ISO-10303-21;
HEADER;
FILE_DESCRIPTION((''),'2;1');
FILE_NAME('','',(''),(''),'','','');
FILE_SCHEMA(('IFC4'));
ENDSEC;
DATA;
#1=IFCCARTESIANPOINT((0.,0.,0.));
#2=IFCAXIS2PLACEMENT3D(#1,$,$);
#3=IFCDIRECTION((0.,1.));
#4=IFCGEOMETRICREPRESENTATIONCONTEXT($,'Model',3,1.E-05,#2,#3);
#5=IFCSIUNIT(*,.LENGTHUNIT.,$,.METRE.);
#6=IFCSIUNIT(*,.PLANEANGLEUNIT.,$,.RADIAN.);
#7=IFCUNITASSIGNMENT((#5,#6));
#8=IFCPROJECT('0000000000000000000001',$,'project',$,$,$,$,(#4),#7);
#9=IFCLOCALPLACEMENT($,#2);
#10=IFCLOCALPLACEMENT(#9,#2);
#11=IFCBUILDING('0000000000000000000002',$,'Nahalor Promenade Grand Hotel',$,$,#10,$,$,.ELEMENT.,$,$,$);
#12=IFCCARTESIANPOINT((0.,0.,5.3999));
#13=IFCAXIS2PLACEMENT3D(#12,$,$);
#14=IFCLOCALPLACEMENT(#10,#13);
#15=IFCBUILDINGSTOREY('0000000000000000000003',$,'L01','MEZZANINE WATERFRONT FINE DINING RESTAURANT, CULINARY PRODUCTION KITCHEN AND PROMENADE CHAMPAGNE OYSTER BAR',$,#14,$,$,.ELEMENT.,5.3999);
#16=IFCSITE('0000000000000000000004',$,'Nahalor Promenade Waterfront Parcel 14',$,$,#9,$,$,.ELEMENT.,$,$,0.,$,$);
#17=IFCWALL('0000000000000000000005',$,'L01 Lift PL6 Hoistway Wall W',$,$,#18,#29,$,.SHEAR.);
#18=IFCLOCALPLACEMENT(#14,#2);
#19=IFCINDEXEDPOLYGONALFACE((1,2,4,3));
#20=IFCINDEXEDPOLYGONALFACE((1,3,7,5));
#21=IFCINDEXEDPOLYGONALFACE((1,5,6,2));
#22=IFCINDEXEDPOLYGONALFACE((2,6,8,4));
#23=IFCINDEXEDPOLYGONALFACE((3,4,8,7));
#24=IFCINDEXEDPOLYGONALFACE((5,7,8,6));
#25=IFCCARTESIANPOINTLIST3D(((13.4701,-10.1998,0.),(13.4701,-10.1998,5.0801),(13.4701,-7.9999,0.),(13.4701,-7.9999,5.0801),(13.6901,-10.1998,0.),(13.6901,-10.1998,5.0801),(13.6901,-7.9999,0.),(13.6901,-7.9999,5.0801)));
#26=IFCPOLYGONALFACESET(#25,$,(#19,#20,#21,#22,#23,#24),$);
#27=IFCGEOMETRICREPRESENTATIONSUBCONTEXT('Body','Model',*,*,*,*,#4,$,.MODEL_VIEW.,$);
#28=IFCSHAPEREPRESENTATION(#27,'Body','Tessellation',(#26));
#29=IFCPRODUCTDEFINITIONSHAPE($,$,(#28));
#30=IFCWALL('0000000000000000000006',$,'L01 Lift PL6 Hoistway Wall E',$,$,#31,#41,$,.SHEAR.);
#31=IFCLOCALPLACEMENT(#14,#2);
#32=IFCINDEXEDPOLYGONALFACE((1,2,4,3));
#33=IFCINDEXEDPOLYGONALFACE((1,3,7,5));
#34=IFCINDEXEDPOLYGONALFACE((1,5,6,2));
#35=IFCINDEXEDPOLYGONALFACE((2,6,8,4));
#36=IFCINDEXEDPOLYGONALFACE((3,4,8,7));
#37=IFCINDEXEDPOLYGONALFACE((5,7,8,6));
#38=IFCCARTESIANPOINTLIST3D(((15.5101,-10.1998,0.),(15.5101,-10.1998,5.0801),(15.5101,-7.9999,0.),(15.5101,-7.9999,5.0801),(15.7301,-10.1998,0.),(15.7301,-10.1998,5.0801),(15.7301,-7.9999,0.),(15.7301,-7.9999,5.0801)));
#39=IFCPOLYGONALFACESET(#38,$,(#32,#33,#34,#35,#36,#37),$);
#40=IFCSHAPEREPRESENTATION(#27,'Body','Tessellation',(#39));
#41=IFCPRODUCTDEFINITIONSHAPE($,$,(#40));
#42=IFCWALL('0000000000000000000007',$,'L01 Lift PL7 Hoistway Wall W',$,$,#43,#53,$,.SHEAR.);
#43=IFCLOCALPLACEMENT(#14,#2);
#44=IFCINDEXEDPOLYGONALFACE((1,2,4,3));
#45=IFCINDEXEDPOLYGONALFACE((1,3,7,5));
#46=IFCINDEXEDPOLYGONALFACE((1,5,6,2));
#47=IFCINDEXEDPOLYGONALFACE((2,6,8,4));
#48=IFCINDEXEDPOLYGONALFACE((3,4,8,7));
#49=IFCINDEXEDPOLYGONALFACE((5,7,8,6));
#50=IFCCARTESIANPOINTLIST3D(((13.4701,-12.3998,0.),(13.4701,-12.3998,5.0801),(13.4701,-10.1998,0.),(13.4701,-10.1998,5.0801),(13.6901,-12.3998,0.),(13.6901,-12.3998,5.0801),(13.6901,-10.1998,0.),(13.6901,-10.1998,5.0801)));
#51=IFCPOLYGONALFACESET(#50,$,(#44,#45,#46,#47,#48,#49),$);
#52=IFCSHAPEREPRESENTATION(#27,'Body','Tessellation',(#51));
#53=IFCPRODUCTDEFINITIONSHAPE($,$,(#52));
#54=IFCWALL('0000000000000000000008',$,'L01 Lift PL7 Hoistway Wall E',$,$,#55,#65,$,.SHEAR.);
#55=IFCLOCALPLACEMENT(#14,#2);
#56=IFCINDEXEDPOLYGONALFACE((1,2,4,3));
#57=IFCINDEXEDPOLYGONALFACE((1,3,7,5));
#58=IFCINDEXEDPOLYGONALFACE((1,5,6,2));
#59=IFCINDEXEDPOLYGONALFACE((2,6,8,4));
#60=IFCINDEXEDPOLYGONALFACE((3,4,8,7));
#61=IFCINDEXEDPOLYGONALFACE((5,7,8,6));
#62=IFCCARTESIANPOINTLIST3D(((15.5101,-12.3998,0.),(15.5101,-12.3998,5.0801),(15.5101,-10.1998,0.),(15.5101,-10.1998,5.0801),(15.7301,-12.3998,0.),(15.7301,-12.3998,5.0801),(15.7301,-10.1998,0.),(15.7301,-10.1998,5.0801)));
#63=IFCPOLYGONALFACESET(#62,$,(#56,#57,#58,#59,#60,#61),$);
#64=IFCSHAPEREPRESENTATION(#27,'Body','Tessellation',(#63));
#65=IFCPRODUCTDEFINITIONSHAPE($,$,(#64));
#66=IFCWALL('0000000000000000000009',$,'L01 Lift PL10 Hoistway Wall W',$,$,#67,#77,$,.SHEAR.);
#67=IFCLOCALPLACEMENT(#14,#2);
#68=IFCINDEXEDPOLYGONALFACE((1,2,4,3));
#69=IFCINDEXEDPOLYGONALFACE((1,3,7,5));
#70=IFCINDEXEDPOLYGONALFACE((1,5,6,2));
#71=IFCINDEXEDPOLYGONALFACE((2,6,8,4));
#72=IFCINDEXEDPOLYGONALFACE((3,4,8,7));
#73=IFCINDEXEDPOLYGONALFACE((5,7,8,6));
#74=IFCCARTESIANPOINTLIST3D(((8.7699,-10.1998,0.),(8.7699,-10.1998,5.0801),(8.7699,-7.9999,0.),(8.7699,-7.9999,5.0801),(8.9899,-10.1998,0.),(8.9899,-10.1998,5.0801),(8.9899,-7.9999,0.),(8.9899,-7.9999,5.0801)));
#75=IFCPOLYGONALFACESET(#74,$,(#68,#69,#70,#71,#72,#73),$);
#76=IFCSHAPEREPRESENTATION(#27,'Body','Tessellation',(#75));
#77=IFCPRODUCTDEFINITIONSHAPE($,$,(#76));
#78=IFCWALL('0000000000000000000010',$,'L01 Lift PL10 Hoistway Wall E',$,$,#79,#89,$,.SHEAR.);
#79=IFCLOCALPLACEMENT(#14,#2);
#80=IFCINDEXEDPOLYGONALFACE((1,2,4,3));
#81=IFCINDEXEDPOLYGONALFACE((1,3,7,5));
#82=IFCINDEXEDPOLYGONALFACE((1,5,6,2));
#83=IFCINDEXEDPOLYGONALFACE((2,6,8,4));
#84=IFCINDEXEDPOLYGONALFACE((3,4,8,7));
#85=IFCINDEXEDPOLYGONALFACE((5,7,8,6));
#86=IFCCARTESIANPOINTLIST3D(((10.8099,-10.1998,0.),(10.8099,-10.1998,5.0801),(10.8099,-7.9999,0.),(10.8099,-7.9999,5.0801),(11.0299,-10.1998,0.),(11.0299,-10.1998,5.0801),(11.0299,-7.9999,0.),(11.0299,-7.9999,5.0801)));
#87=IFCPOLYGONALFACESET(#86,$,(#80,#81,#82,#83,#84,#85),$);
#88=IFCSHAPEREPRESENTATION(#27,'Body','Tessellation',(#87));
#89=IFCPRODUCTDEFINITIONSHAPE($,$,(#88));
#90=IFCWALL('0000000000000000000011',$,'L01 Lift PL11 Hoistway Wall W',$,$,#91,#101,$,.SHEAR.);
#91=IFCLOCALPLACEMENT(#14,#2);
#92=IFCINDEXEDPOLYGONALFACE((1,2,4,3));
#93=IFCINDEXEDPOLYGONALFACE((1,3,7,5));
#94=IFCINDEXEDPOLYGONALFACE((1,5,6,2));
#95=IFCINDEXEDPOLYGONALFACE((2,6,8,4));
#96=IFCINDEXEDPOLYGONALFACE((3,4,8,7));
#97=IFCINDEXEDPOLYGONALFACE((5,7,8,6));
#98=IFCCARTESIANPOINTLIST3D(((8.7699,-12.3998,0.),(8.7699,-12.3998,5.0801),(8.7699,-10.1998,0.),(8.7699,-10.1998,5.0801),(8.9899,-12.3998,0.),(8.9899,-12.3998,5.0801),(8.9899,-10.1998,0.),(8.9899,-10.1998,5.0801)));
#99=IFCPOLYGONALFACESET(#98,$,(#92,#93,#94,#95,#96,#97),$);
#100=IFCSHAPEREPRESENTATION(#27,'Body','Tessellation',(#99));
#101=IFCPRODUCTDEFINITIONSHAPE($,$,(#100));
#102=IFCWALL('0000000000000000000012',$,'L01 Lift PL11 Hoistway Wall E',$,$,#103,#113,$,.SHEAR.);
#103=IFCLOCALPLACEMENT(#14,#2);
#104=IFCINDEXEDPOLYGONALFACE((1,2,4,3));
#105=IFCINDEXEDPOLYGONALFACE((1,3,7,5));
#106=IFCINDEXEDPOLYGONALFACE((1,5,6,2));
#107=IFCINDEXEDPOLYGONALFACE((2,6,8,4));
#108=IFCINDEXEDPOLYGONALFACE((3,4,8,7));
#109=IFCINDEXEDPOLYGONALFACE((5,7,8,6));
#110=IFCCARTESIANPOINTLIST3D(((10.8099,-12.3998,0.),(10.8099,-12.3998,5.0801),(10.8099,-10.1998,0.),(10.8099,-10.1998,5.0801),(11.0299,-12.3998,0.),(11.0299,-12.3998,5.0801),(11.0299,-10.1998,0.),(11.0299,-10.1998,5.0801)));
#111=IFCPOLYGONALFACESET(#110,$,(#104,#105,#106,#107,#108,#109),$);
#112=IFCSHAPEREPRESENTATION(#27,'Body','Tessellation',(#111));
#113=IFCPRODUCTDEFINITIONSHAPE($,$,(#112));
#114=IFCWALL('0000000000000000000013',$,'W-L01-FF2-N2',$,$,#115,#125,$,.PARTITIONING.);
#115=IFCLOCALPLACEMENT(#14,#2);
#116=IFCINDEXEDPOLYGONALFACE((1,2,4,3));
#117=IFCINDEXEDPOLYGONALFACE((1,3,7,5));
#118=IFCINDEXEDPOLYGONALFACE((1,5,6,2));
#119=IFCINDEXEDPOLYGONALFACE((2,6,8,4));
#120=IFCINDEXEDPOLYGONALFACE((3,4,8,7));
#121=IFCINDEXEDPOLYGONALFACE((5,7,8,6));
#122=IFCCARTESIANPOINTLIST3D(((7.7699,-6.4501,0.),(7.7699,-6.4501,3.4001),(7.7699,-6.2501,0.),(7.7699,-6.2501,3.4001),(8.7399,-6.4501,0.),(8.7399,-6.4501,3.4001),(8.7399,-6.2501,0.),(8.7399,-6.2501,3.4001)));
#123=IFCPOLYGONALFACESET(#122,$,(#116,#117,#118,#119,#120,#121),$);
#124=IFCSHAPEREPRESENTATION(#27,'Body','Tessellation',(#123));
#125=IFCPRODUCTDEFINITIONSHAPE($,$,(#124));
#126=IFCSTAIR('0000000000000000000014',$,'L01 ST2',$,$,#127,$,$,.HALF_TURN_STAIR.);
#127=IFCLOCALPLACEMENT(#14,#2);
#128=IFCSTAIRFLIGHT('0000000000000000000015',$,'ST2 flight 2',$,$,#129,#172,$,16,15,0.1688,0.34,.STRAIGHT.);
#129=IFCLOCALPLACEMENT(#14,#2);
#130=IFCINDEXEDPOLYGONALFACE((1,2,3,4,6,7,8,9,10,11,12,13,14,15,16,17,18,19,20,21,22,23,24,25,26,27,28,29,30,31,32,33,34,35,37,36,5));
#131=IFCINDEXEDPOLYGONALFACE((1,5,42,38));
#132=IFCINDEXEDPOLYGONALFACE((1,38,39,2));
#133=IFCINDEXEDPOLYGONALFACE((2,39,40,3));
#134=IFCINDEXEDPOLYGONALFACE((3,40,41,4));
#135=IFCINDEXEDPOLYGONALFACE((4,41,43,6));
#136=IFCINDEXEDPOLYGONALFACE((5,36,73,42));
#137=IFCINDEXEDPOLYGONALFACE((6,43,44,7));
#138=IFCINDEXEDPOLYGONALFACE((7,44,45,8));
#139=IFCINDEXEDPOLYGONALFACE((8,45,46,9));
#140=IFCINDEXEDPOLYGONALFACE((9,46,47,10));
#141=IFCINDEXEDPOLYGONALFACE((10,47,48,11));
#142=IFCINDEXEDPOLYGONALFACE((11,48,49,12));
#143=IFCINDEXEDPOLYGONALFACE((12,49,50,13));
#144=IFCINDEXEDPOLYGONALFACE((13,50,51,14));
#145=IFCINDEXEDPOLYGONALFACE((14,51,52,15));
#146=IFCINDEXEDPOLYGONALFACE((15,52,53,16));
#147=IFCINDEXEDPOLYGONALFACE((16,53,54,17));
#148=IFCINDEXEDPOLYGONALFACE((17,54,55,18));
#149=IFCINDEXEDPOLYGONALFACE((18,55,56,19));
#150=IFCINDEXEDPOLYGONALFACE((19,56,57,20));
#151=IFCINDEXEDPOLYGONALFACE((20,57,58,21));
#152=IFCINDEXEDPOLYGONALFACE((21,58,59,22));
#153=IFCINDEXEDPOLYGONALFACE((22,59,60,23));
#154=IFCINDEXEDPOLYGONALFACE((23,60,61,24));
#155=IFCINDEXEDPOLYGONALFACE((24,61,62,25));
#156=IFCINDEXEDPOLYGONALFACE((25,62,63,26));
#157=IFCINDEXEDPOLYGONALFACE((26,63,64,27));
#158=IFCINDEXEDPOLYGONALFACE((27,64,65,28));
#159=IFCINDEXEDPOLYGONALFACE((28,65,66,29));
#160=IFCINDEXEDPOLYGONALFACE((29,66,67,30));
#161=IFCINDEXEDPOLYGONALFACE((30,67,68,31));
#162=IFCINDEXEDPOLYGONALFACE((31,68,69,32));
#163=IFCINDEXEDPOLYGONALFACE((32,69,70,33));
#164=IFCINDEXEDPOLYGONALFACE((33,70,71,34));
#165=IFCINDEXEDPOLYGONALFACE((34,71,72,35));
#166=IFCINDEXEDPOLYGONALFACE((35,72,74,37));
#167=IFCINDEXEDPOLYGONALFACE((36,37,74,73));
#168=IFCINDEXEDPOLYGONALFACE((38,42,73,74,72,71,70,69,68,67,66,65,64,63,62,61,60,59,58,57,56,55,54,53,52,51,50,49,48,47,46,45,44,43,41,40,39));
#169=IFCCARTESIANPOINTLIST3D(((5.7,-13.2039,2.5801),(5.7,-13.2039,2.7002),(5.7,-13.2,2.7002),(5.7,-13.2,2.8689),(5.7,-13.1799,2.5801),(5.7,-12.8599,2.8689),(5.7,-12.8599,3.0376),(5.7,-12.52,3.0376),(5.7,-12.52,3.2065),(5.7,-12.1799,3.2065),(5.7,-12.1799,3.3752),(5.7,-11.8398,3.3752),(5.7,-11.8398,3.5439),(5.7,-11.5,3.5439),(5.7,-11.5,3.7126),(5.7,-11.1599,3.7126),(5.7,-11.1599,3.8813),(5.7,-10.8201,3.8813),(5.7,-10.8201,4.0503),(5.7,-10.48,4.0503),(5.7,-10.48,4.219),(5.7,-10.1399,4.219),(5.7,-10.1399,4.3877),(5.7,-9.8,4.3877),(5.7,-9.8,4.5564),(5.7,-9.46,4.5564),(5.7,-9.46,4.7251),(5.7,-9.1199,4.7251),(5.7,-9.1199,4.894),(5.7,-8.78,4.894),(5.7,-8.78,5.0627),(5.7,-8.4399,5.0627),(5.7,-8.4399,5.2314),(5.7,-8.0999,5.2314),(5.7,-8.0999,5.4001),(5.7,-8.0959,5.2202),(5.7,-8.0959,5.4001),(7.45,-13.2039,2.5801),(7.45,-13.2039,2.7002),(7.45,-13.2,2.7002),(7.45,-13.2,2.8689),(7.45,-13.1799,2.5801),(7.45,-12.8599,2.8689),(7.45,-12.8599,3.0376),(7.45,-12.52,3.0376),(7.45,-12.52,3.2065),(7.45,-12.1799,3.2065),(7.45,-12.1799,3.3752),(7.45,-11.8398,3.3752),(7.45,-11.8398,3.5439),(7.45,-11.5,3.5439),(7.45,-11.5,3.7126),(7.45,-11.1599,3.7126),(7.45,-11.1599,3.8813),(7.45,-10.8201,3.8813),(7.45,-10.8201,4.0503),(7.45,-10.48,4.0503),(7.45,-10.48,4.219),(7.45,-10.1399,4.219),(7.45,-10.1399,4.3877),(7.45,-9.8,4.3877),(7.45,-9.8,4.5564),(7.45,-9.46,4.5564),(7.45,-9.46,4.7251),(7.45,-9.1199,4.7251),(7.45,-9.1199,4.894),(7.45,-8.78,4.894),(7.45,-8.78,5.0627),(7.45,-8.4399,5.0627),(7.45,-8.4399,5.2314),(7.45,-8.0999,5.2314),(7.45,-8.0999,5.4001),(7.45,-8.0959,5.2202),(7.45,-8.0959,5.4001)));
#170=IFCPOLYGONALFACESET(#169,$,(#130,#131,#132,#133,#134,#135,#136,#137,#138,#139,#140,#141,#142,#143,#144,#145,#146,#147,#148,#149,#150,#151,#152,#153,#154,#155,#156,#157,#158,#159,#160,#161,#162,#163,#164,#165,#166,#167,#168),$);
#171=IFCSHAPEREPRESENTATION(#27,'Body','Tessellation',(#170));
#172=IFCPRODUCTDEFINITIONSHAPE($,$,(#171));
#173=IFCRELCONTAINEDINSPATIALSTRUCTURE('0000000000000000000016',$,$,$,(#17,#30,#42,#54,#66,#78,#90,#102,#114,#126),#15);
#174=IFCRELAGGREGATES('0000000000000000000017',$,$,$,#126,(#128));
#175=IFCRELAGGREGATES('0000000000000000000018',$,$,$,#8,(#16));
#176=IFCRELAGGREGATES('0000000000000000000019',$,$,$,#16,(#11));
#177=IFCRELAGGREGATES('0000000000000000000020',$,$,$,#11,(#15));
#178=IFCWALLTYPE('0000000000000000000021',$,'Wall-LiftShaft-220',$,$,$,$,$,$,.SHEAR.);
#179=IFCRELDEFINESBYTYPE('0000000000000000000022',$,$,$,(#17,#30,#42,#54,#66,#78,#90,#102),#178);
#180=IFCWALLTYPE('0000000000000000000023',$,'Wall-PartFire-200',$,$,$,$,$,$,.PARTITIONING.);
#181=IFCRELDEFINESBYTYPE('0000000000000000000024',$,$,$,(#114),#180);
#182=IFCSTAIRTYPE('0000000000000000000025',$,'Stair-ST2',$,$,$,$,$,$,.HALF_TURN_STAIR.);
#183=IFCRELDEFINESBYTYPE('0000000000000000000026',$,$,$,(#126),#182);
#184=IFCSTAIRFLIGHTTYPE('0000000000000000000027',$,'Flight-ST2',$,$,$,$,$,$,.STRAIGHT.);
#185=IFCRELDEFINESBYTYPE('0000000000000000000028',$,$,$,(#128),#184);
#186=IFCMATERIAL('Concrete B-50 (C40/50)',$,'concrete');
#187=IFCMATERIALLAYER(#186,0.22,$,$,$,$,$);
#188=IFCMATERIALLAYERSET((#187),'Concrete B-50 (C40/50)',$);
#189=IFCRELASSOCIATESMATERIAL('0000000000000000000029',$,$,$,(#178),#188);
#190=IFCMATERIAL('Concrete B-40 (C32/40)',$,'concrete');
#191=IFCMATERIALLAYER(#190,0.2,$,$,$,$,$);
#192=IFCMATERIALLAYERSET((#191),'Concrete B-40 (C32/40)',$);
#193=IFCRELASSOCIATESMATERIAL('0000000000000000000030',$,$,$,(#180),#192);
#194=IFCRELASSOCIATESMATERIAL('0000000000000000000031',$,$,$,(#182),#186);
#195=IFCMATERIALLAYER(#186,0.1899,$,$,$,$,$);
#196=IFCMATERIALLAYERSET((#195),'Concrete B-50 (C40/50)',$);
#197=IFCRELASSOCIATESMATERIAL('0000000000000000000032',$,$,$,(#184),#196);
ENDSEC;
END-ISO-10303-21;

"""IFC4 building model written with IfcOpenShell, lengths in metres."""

from ifc_helpers import new_model, si_unit, direction, frame, frame_2d, origin, place, context, subcontext, project, spatial, polyline, rectangle, outline, extrude, source, transform, mapped, material, layer, layer_set, type_object, element, aggregate, save


model = new_model("IFC4")

# Units and contexts
model_context = context("Model", 3, precision=1e-05, world=origin(), true_north=direction((0.0, 1.0)))
body_context = subcontext(model_context, "Body", "Model", "MODEL_VIEW")
ifc_project = project(units=[si_unit("LENGTHUNIT", "METRE"), si_unit("PLANEANGLEUNIT", "RADIAN")], contexts=[model_context])

# Site, building, storey
site_placement = place(None, origin())
site = spatial("IfcSite", under=ifc_project, at=site_placement, Name="Nahalor Promenade Waterfront Parcel 14", CompositionType="ELEMENT", RefElevation=0.0)
building_placement = place(site_placement, origin())
building = spatial("IfcBuilding", under=site, at=building_placement, Name="Nahalor Promenade Grand Hotel", CompositionType="ELEMENT")
storey_placement = place(building_placement, frame((0.0, 0.0, 5.3999)))
storey = spatial("IfcBuildingStorey", under=building, at=storey_placement, Name="L01", Description="MEZZANINE WATERFRONT FINE DINING RESTAURANT, CULINARY PRODUCTION KITCHEN AND PROMENADE CHAMPAGNE OYSTER BAR", CompositionType="ELEMENT", Elevation=5.3999)

# Walls
ifc_material_1 = material(Name="Concrete B-50 (C40/50)", Category="concrete")
ifc_layer_1 = layer(ifc_material_1, 0.22)
ifc_layer_set_1 = layer_set([ifc_layer_1], Name="Concrete B-50 (C40/50)")
wall_type_1 = type_object("IfcWallType", Name="Wall-LiftShaft-220", PredefinedType="SHEAR", material=ifc_layer_set_1)
shared_shape_1 = source(origin(), body_context, "Body", "SweptSolid", [
    extrude(rectangle(XDim=2.2, YDim=0.22, at=frame_2d((1.1001, 0.0))), origin(), (0.0, 0.0, 1.0), 5.0801),
])
for number, where, z_axis, x_axis, name in (
    (1, (13.5801, -10.2, 0.0), (0.0, 0.0, 1.0), (0.0, 1.0, 0.0), "L01 Lift PL6 Hoistway Wall W"),
    (2, (15.6201, -10.2, 0.0), (0.0, 0.0, 1.0), (0.0, 1.0, 0.0), "L01 Lift PL6 Hoistway Wall E"),
    (3, (13.5801, -12.3999, 0.0), (0.0, 0.0, 1.0), (0.0, 1.0, 0.0), "L01 Lift PL7 Hoistway Wall W"),
    (4, (15.6201, -12.3999, 0.0), (0.0, 0.0, 1.0), (0.0, 1.0, 0.0), "L01 Lift PL7 Hoistway Wall E"),
    (5, (8.8799, -10.2, 0.0), (0.0, 0.0, 1.0), (0.0, 1.0, 0.0), "L01 Lift PL10 Hoistway Wall W"),
    (6, (10.9199, -10.2, 0.0), (0.0, 0.0, 1.0), (0.0, 1.0, 0.0), "L01 Lift PL10 Hoistway Wall E"),
    (7, (8.8799, -12.3999, 0.0), (0.0, 0.0, 1.0), (0.0, 1.0, 0.0), "L01 Lift PL11 Hoistway Wall W"),
    (8, (10.9199, -12.3999, 0.0), (0.0, 0.0, 1.0), (0.0, 1.0, 0.0), "L01 Lift PL11 Hoistway Wall E"),
):
    element("IfcWall", number, at=place(storey_placement, frame(where, z_axis=z_axis, x_axis=x_axis)), inside=storey, type_object=wall_type_1, Name=name, PredefinedType="SHEAR", context=body_context, shape_type="MappedRepresentation", body=[
        mapped(shared_shape_1, transform((0.0, 0.0, 0.0), scale=1.0)),
    ])
ifc_material_2 = material(Name="Concrete B-40 (C32/40)", Category="concrete")
ifc_layer_2 = layer(ifc_material_2, 0.2)
ifc_layer_set_2 = layer_set([ifc_layer_2], Name="Concrete B-40 (C32/40)")
wall_type_2 = type_object("IfcWallType", Name="Wall-PartFire-200", PredefinedType="PARTITIONING", material=ifc_layer_set_2)
shared_shape_2 = source(origin(), body_context, "Body", "SweptSolid", [
    extrude(rectangle(XDim=0.97, YDim=0.2, at=frame_2d((0.4849, 0.0))), origin(), (0.0, 0.0, 1.0), 3.4001),
])
wall_placement = place(storey_placement, frame((7.77, -6.3501, 0.0), z_axis=(0.0, 0.0, 1.0), x_axis=(1.0, 0.0, 0.0)))
element("IfcWall", 9, at=wall_placement, inside=storey, type_object=wall_type_2, Name="W-L01-FF2-N2", PredefinedType="PARTITIONING", context=body_context, shape_type="MappedRepresentation", body=[
    mapped(shared_shape_2, transform((0.0, 0.0, 0.0), scale=1.0)),
])

# Stair, stair flight
stair_type = type_object("IfcStairType", Name="Stair-ST2", PredefinedType="HALF_TURN_STAIR", material=ifc_material_1)
stair_placement = place(storey_placement, origin())
stair = element("IfcStair", 10, at=stair_placement, inside=storey, type_object=stair_type, Name="L01 ST2", PredefinedType="HALF_TURN_STAIR")
ifc_layer_3 = layer(ifc_material_1, 0.1899)
ifc_layer_set_3 = layer_set([ifc_layer_3], Name="Concrete B-50 (C40/50)")
stair_flight_type = type_object("IfcStairFlightType", Name="Flight-ST2", PredefinedType="STRAIGHT", material=ifc_layer_set_3)
shared_shape_3 = source(origin(), body_context, "Body", "SweptSolid", [
    extrude(outline(polyline([(-0.0039, -0.1201), (-0.0039, 0.0), (0.0, 0.0), (0.0, 0.1687), (0.3401, 0.1687), (0.3401, 0.3374), (0.6799, 0.3374), (0.6799, 0.5063), (1.02, 0.5063), (1.02, 0.675), (1.3601, 0.675), (1.3601, 0.8438), (1.7, 0.8438), (1.7, 1.0125), (2.04, 1.0125), (2.04, 1.1812), (2.3799, 1.1812), (2.3799, 1.3501), (2.72, 1.3501), (2.72, 1.5188), (3.0601, 1.5188), (3.0601, 1.6875), (3.3999, 1.6875), (3.3999, 1.8562), (3.74, 1.8562), (3.74, 2.0249), (4.0801, 2.0249), (4.0801, 2.1938), (4.4199, 2.1938), (4.4199, 2.3625), (4.76, 2.3625), (4.76, 2.5312), (5.1001, 2.5312), (5.1001, 2.7), (5.104, 2.7), (5.104, 2.52), (0.02, -0.1201), (-0.0039, -0.1201)])), frame((0.0, 0.875, 0.0), z_axis=(0.0, -1.0, 0.0), x_axis=(1.0, 0.0, 0.0)), (0.0, 0.0, 1.0), 1.75),
])
stair_flight_placement = place(storey_placement, frame((6.575, -13.2, 2.7002), z_axis=(0.0, 0.0, 1.0), x_axis=(0.0, 1.0, 0.0)))
stair_flight = element("IfcStairFlight", 11, at=stair_flight_placement, type_object=stair_flight_type, Name="ST2 flight 2", NumberOfRisers=16, NumberOfTreads=15, PredefinedType="STRAIGHT", RiserHeight=0.1688, TreadLength=0.34, context=body_context, shape_type="MappedRepresentation", body=[
    mapped(shared_shape_3, transform((0.0, 0.0, 0.0), scale=1.0)),
])
aggregate(stair, [stair_flight])

save(model, "model.ifc")
